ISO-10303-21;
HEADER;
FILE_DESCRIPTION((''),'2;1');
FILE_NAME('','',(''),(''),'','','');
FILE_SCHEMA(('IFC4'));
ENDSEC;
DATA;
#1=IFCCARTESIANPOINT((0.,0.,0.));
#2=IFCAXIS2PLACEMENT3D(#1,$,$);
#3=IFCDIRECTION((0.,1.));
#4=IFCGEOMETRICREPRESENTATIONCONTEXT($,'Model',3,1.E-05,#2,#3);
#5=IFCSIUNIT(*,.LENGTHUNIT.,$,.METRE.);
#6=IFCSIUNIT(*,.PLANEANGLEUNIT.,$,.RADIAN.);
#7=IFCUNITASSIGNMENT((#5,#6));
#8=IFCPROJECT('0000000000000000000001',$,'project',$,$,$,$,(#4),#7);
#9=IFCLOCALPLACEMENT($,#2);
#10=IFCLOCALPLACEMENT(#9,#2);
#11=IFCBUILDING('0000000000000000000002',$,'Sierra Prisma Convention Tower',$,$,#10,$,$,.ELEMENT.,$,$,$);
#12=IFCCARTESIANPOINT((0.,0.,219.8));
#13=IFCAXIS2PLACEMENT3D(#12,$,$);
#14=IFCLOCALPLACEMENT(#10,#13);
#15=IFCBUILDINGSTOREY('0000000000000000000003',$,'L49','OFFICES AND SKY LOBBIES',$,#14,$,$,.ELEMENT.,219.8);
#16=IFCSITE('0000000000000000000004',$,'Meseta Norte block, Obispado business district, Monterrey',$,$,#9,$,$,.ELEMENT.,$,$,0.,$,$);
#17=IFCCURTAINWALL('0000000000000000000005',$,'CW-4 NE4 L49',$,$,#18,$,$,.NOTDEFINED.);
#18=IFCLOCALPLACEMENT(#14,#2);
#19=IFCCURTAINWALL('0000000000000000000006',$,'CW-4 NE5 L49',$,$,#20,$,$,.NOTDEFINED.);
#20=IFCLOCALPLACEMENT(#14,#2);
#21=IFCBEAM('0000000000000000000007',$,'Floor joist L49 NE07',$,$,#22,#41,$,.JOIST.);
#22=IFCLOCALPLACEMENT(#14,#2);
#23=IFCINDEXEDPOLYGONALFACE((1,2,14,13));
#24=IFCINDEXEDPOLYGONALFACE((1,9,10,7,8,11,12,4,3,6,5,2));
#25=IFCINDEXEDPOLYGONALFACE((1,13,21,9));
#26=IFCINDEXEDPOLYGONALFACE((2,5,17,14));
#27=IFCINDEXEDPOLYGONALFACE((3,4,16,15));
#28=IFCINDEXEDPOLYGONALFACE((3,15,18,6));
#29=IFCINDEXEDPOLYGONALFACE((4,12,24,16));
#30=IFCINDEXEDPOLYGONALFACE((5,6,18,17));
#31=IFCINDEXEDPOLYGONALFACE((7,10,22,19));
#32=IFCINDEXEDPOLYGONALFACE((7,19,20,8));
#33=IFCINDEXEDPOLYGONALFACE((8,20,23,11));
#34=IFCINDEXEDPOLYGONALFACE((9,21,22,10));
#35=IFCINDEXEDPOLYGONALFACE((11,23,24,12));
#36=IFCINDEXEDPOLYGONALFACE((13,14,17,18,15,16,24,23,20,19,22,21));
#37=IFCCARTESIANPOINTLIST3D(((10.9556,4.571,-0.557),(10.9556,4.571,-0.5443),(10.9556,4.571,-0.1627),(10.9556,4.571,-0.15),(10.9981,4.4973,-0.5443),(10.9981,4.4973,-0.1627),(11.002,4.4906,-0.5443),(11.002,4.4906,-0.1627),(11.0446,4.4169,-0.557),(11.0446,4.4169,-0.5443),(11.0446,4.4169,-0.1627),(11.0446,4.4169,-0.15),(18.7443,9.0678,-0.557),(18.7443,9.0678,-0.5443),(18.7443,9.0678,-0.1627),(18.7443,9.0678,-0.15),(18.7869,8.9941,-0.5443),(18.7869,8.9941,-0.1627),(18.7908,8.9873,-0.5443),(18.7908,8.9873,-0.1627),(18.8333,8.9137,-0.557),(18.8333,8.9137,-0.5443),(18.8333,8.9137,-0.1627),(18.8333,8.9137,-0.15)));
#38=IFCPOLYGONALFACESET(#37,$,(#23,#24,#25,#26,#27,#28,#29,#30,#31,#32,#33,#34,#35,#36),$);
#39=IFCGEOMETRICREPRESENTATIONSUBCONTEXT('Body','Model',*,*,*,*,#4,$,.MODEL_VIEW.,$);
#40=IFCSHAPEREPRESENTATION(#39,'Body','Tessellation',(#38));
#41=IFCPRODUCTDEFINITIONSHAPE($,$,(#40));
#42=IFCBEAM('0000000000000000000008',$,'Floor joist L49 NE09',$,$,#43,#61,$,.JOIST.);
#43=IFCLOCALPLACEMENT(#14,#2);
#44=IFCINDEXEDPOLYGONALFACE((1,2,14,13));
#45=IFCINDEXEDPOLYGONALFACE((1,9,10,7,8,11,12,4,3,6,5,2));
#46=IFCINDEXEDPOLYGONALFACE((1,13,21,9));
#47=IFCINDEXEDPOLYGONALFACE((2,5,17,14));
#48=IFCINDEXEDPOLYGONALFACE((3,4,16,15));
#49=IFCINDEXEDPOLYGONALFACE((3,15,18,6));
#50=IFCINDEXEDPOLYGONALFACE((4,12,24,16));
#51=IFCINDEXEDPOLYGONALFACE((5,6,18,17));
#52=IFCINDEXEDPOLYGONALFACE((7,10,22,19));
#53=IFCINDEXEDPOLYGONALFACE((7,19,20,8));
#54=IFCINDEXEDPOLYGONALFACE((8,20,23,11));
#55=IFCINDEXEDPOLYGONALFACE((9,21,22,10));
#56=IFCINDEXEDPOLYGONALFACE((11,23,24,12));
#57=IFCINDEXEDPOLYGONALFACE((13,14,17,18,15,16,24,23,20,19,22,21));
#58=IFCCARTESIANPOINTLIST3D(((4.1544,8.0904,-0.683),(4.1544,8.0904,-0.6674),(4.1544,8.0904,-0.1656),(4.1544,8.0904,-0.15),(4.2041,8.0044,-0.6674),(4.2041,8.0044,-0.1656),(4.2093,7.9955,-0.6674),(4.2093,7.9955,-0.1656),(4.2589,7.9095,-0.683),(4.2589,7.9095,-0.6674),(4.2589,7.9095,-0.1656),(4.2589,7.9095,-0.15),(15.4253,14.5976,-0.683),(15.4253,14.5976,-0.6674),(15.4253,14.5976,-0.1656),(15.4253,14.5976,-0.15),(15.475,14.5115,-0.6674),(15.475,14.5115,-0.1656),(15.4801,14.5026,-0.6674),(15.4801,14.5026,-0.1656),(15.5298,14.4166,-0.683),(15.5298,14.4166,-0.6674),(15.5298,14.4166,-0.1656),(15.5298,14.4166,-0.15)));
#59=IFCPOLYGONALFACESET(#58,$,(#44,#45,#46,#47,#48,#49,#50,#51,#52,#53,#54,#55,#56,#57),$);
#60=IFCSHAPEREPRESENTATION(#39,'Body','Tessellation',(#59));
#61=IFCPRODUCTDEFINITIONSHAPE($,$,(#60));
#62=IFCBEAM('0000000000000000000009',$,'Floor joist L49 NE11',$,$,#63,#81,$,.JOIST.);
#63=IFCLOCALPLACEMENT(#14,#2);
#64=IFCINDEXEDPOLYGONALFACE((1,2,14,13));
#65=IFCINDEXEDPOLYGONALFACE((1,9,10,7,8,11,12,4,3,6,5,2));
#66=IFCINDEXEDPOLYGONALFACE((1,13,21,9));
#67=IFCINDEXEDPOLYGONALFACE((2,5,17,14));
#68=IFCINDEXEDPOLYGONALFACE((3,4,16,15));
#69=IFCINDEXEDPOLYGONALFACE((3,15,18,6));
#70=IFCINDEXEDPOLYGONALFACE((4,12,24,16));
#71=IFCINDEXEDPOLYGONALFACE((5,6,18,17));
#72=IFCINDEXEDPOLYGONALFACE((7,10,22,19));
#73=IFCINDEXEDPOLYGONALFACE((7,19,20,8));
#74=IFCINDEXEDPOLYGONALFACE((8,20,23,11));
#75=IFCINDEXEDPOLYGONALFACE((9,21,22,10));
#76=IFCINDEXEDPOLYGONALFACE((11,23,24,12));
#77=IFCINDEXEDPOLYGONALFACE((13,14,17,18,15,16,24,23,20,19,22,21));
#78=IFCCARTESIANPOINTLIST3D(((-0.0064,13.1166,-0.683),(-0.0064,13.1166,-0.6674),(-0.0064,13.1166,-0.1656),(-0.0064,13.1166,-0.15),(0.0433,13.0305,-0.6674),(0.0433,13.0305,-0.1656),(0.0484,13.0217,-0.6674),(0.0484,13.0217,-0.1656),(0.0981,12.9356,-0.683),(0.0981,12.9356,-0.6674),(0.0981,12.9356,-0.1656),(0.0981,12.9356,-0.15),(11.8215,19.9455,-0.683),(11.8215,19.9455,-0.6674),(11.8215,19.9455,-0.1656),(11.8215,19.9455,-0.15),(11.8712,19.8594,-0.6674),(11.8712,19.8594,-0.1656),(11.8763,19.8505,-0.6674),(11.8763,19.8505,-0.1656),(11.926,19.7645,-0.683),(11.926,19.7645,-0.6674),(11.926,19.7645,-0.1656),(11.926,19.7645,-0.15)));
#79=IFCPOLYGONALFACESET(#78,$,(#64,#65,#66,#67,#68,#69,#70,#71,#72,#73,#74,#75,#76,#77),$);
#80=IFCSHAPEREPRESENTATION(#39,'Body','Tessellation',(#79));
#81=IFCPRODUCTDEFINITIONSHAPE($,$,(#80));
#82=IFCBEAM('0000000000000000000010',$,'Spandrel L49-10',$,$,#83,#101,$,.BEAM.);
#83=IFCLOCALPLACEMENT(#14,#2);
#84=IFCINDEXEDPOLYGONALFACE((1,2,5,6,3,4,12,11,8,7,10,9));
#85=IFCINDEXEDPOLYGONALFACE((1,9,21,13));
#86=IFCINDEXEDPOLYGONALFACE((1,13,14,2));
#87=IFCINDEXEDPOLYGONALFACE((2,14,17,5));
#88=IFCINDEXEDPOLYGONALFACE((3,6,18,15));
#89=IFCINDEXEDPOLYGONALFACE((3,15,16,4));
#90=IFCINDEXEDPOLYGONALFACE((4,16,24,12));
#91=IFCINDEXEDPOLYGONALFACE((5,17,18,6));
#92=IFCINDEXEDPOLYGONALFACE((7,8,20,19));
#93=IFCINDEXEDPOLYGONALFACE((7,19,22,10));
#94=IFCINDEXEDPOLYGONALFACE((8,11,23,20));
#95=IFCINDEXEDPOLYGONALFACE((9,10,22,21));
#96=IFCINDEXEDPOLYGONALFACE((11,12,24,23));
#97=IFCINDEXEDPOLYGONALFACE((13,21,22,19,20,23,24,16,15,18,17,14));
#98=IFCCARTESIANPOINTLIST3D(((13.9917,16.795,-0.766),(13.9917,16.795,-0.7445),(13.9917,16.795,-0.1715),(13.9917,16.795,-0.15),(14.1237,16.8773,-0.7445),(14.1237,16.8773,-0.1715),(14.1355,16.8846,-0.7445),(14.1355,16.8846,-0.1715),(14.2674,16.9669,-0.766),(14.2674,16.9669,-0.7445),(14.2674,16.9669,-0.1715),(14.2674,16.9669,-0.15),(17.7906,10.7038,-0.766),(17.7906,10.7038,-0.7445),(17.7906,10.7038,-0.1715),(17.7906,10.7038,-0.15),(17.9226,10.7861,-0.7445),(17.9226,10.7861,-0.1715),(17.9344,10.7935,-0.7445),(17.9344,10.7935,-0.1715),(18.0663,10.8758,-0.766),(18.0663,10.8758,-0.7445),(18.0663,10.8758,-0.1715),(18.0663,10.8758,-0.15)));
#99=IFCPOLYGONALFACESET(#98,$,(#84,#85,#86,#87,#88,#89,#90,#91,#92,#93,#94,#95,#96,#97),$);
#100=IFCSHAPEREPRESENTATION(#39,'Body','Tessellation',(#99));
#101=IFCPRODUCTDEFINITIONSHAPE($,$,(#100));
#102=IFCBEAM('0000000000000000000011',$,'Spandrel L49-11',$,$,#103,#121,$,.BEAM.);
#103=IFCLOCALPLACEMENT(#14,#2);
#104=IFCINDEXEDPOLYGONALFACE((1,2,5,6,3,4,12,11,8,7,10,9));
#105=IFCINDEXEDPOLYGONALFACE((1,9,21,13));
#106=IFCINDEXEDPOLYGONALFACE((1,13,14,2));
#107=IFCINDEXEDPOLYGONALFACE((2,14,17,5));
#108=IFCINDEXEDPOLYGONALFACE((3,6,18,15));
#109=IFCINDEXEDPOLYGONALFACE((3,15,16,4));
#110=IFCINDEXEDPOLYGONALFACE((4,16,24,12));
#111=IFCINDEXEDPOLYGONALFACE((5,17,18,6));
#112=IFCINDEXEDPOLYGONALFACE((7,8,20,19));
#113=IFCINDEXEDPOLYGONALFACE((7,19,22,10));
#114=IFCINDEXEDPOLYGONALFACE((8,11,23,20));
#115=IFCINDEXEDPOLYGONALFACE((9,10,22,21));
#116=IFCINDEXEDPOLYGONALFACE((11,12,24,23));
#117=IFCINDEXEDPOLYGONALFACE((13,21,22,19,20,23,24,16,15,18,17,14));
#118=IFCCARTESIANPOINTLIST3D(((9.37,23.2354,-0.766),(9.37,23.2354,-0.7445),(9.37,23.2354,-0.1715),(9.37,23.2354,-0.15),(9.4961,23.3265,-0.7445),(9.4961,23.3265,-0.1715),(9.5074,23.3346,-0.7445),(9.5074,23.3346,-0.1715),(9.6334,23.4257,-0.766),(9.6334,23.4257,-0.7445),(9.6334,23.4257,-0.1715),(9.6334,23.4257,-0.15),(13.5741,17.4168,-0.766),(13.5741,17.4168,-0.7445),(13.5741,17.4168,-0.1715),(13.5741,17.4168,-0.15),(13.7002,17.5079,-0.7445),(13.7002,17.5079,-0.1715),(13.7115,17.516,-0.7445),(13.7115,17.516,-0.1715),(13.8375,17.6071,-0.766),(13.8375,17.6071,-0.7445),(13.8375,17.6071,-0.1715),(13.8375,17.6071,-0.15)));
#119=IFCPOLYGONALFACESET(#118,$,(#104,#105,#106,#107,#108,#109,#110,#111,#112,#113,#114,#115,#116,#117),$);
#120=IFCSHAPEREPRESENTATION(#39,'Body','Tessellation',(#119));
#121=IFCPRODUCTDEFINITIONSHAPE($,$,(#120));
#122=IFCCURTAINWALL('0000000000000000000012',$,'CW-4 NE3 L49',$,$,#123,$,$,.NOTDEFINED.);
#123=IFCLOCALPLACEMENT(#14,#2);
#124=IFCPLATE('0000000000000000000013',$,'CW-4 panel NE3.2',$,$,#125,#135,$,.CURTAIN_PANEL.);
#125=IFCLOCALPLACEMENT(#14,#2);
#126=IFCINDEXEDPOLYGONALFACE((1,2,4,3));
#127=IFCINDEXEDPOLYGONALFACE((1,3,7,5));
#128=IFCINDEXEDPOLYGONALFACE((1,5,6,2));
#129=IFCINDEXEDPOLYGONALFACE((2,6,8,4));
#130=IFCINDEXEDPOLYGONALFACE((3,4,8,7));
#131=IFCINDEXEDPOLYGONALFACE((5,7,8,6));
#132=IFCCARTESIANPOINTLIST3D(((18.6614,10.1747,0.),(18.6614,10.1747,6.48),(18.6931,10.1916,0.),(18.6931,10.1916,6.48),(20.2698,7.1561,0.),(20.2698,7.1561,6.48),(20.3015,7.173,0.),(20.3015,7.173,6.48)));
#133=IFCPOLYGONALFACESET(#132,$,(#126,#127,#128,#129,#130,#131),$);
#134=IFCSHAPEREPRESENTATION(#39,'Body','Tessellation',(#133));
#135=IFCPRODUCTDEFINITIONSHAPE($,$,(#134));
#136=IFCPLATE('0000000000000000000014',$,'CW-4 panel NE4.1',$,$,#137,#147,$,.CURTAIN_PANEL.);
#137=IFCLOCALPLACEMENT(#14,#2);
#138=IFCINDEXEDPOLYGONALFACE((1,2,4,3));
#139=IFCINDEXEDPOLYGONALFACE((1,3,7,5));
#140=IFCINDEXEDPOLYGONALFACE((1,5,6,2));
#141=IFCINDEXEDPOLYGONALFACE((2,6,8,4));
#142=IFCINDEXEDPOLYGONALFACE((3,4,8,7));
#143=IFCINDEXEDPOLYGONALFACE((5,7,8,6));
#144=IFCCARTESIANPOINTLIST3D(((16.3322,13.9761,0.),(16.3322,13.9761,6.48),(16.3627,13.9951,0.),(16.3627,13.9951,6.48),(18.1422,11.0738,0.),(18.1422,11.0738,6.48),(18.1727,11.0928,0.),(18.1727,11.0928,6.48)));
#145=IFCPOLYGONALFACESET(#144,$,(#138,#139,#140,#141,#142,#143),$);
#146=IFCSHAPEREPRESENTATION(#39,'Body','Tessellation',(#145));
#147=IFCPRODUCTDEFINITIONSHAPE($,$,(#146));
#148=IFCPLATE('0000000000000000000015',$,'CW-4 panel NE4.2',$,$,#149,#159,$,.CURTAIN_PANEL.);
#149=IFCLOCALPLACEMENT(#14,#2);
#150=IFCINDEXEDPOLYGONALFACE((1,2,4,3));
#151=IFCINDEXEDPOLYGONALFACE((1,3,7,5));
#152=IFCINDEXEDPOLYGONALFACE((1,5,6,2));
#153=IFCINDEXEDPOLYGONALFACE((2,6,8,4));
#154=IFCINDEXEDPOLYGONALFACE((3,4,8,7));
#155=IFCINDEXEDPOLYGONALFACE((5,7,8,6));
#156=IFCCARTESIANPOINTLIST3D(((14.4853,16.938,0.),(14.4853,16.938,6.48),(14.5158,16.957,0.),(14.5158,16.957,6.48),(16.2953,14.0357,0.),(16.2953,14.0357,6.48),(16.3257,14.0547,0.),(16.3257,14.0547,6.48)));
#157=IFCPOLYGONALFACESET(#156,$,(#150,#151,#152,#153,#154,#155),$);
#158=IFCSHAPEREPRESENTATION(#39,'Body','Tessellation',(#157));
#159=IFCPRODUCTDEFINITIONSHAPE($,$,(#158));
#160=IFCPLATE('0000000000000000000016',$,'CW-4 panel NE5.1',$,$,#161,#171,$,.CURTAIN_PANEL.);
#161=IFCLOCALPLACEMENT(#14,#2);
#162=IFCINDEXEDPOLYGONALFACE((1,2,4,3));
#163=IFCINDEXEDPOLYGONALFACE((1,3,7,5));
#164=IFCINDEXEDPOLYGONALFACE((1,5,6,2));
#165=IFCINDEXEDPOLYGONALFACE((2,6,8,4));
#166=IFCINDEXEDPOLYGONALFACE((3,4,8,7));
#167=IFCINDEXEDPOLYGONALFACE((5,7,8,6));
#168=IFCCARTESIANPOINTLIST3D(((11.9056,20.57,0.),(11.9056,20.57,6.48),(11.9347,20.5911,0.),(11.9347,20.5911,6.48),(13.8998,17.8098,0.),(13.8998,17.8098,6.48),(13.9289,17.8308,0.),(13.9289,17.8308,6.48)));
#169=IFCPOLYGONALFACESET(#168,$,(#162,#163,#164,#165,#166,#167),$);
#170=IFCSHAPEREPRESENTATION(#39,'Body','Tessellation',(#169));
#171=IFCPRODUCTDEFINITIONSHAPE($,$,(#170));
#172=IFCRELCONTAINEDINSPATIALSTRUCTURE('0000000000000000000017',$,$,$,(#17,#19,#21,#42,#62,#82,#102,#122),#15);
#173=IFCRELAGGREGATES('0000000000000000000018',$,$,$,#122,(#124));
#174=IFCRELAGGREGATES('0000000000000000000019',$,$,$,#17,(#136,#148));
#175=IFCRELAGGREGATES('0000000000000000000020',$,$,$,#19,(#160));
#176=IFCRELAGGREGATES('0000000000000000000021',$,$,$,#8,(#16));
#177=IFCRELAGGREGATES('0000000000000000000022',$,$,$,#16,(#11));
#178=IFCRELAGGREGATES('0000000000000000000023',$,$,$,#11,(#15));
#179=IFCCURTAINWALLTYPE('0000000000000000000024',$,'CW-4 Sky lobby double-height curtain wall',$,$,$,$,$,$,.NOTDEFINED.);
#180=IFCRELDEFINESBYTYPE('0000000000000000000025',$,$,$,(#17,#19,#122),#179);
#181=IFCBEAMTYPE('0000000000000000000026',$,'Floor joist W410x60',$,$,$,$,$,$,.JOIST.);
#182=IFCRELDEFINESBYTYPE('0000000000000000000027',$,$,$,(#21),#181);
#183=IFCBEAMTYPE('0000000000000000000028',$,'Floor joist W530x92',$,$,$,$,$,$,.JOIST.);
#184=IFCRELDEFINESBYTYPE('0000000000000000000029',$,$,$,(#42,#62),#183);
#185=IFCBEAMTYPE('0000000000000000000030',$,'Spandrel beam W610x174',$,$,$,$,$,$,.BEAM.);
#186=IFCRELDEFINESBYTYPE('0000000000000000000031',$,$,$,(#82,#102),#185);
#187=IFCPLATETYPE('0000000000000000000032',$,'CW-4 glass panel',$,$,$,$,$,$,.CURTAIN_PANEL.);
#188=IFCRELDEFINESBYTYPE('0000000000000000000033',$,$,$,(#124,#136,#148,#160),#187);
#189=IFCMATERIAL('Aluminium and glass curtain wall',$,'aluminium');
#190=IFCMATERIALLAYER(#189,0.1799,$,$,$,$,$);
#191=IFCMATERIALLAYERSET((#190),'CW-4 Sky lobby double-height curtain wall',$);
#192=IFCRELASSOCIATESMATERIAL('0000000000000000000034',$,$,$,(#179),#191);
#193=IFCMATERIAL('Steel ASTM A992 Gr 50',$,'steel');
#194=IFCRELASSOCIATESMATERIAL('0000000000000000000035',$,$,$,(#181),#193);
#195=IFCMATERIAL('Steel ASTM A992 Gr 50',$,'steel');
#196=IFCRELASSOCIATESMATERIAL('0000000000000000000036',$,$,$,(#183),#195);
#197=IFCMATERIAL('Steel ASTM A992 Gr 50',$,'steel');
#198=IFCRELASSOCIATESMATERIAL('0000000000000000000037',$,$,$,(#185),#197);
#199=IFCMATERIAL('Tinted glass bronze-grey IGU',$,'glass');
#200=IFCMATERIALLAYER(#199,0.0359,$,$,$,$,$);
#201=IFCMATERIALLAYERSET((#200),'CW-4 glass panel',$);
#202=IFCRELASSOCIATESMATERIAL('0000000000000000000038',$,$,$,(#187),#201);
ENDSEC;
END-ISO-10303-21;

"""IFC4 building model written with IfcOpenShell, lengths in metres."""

from ifc_helpers import new_model, si_unit, direction, frame, origin, origin_2d, place, context, subcontext, project, spatial, rectangle, i_section, extrude, material, layer, layer_set, material_profile, profile_set, type_object, element, aggregate, save


model = new_model("IFC4")

# Units and contexts
model_context = context("Model", 3, precision=1e-05, world=origin(), true_north=direction((0.0, 1.0)))
body_context = subcontext(model_context, "Body", "Model", "MODEL_VIEW")
ifc_project = project(units=[si_unit("LENGTHUNIT", "METRE"), si_unit("PLANEANGLEUNIT", "RADIAN")], contexts=[model_context])

# Site, building, storey
site_placement = place(None, origin())
site = spatial("IfcSite", under=ifc_project, at=site_placement, Name="Meseta Norte block, Obispado business district, Monterrey", CompositionType="ELEMENT", RefElevation=0.0)
building_placement = place(site_placement, origin())
building = spatial("IfcBuilding", under=site, at=building_placement, Name="Sierra Prisma Convention Tower", CompositionType="ELEMENT")
storey_placement = place(building_placement, frame((0.0, 0.0, 219.8)))
storey = spatial("IfcBuildingStorey", under=building, at=storey_placement, Name="L49", Description="OFFICES AND SKY LOBBIES", CompositionType="ELEMENT", Elevation=219.8)

# Curtain wall
ifc_material_1 = material(Name="Aluminium and glass curtain wall", Category="aluminium")
ifc_layer_1 = layer(ifc_material_1, 0.1799)
ifc_layer_set_1 = layer_set([ifc_layer_1], Name="CW-4 Sky lobby double-height curtain wall")
curtain_wall_type = type_object("IfcCurtainWallType", Name="CW-4 Sky lobby double-height curtain wall", PredefinedType="NOTDEFINED", material=ifc_layer_set_1)
curtain_wall_1_placement = place(storey_placement, origin())
curtain_wall_1 = element("IfcCurtainWall", 1, at=curtain_wall_1_placement, inside=storey, type_object=curtain_wall_type, Name="CW-4 NE4 L49", PredefinedType="NOTDEFINED")

# Curtain wall
curtain_wall_2_placement = place(storey_placement, origin())
curtain_wall_2 = element("IfcCurtainWall", 2, at=curtain_wall_2_placement, inside=storey, type_object=curtain_wall_type, Name="CW-4 NE5 L49", PredefinedType="NOTDEFINED")

# Beams
ifc_material_2 = material(Name="Steel ASTM A992 Gr 50", Category="steel")
ifc_material_profile_1 = material_profile(ifc_material_2, i_section(OverallWidth=0.178, OverallDepth=0.407, WebThickness=0.0078, FlangeThickness=0.0127, at=origin_2d()), Name="W410x60")
ifc_profile_set_1 = profile_set([ifc_material_profile_1], Name="Steel ASTM A992 Gr 50")
beam_type_1 = type_object("IfcBeamType", Name="Floor joist W410x60", PredefinedType="JOIST", material=ifc_profile_set_1)
beam_1_placement = place(storey_placement, frame((18.7888, 8.9907, -0.3535), z_axis=(-0.866028, -0.499996, 0.0), x_axis=(0.499996, -0.866028, 0.0)))
element("IfcBeam", 3, at=beam_1_placement, inside=storey, type_object=beam_type_1, Name="Floor joist L49 NE07", PredefinedType="JOIST", context=body_context, shape_type="SweptSolid", body=[
    extrude(i_section(OverallWidth=0.178, OverallDepth=0.407, WebThickness=0.0078, FlangeThickness=0.0127, at=origin_2d()), origin(), (0.0, 0.0, 1.0), 8.9937),
])
ifc_material_3 = material(Name="Steel ASTM A992 Gr 50", Category="steel")
ifc_material_profile_2 = material_profile(ifc_material_3, i_section(OverallWidth=0.209, OverallDepth=0.533, WebThickness=0.0103, FlangeThickness=0.0156, at=origin_2d()), Name="W530x92")
ifc_profile_set_2 = profile_set([ifc_material_profile_2], Name="Steel ASTM A992 Gr 50")
beam_type_2 = type_object("IfcBeamType", Name="Floor joist W530x92", PredefinedType="JOIST", material=ifc_profile_set_2)
beam_2_placement = place(storey_placement, frame((15.4775, 14.5071, -0.4165), z_axis=(-0.866028, -0.499995, 0.0), x_axis=(0.499995, -0.866028, 0.0)))
element("IfcBeam", 4, at=beam_2_placement, inside=storey, type_object=beam_type_2, Name="Floor joist L49 NE09", PredefinedType="JOIST", context=body_context, shape_type="SweptSolid", body=[
    extrude(i_section(OverallWidth=0.209, OverallDepth=0.533, WebThickness=0.0103, FlangeThickness=0.0156, at=origin_2d()), origin(), (0.0, 0.0, 1.0), 13.0144),
])
beam_3_placement = place(storey_placement, frame((11.8738, 19.855, -0.4165), z_axis=(-0.866025, -0.500001, 0.0), x_axis=(0.500001, -0.866025, 0.0)))
element("IfcBeam", 5, at=beam_3_placement, inside=storey, type_object=beam_type_2, Name="Floor joist L49 NE11", PredefinedType="JOIST", context=body_context, shape_type="SweptSolid", body=[
    extrude(i_section(OverallWidth=0.209, OverallDepth=0.533, WebThickness=0.0103, FlangeThickness=0.0156, at=origin_2d()), origin(), (0.0, 0.0, 1.0), 13.6577),
])
ifc_material_4 = material(Name="Steel ASTM A992 Gr 50", Category="steel")
ifc_material_profile_3 = material_profile(ifc_material_4, i_section(OverallWidth=0.325, OverallDepth=0.616, WebThickness=0.0139, FlangeThickness=0.0215, at=origin_2d()), Name="W610x174")
ifc_profile_set_3 = profile_set([ifc_material_profile_3], Name="Steel ASTM A992 Gr 50")
beam_type_3 = type_object("IfcBeamType", Name="Spandrel beam W610x174", PredefinedType="BEAM", material=ifc_profile_set_3)
beam_4_placement = place(storey_placement, frame((17.9285, 10.7898, -0.458), z_axis=(-0.529189, 0.848504, 0.0), x_axis=(-0.848504, -0.529189, 0.0)))
element("IfcBeam", 6, at=beam_4_placement, inside=storey, type_object=beam_type_3, Name="Spandrel L49-10", PredefinedType="BEAM", context=body_context, shape_type="SweptSolid", body=[
    extrude(i_section(OverallWidth=0.325, OverallDepth=0.616, WebThickness=0.0139, FlangeThickness=0.0215, at=origin_2d()), origin(), (0.0, 0.0, 1.0), 7.1787),
])
beam_5_placement = place(storey_placement, frame((13.7058, 17.512, -0.458), z_axis=(-0.585653, 0.810562, 0.0), x_axis=(-0.810562, -0.585653, 0.0)))
element("IfcBeam", 7, at=beam_5_placement, inside=storey, type_object=beam_type_3, Name="Spandrel L49-11", PredefinedType="BEAM", context=body_context, shape_type="SweptSolid", body=[
    extrude(i_section(OverallWidth=0.325, OverallDepth=0.616, WebThickness=0.0139, FlangeThickness=0.0215, at=origin_2d()), origin(), (0.0, 0.0, 1.0), 7.1785),
])

# Curtain wall, plate
curtain_wall_3_placement = place(storey_placement, origin())
curtain_wall_3 = element("IfcCurtainWall", 8, at=curtain_wall_3_placement, inside=storey, type_object=curtain_wall_type, Name="CW-4 NE3 L49", PredefinedType="NOTDEFINED")
ifc_material_5 = material(Name="Tinted glass bronze-grey IGU", Category="glass")
ifc_layer_2 = layer(ifc_material_5, 0.0359)
ifc_layer_set_2 = layer_set([ifc_layer_2], Name="CW-4 glass panel")
plate_type = type_object("IfcPlateType", Name="CW-4 glass panel", PredefinedType="CURTAIN_PANEL", material=ifc_layer_set_2)
plate_1_placement = place(storey_placement, frame((19.4814, 8.6738, 0.0), z_axis=(0.0, 0.0, 1.0), x_axis=(-0.470251, 0.882533, 0.0)))
plate_1 = element("IfcPlate", 9, at=plate_1_placement, type_object=plate_type, Name="CW-4 panel NE3.2", PredefinedType="CURTAIN_PANEL", context=body_context, shape_type="SweptSolid", body=[
    extrude(rectangle(XDim=3.4204, YDim=0.0359, at=origin_2d()), origin(), (0.0, 0.0, 1.0), 6.48),
])
aggregate(curtain_wall_3, [plate_1])

# Plates
plate_2_placement = place(storey_placement, frame((17.2524, 12.5344, 0.0), z_axis=(0.0, 0.0, 1.0), x_axis=(-0.52917, 0.848516, 0.0)))
plate_2 = element("IfcPlate", 10, at=plate_2_placement, type_object=plate_type, Name="CW-4 panel NE4.1", PredefinedType="CURTAIN_PANEL", context=body_context, shape_type="SweptSolid", body=[
    extrude(rectangle(XDim=3.4204, YDim=0.0359, at=origin_2d()), origin(), (0.0, 0.0, 1.0), 6.48),
])
plate_3_placement = place(storey_placement, frame((15.4055, 15.4963, 0.0), z_axis=(0.0, 0.0, 1.0), x_axis=(-0.52917, 0.848516, 0.0)))
plate_3 = element("IfcPlate", 11, at=plate_3_placement, type_object=plate_type, Name="CW-4 panel NE4.2", PredefinedType="CURTAIN_PANEL", context=body_context, shape_type="SweptSolid", body=[
    extrude(rectangle(XDim=3.4204, YDim=0.0359, at=origin_2d()), origin(), (0.0, 0.0, 1.0), 6.48),
])
aggregate(curtain_wall_1, [plate_2, plate_3])
plate_4_placement = place(storey_placement, frame((12.9172, 19.2004, 0.0), z_axis=(0.0, 0.0, 1.0), x_axis=(-0.58564, 0.810572, 0.0)))
plate_4 = element("IfcPlate", 12, at=plate_4_placement, type_object=plate_type, Name="CW-4 panel NE5.1", PredefinedType="CURTAIN_PANEL", context=body_context, shape_type="SweptSolid", body=[
    extrude(rectangle(XDim=3.4053, YDim=0.0359, at=origin_2d()), origin(), (0.0, 0.0, 1.0), 6.48),
])
aggregate(curtain_wall_2, [plate_4])

save(model, "model.ifc")
